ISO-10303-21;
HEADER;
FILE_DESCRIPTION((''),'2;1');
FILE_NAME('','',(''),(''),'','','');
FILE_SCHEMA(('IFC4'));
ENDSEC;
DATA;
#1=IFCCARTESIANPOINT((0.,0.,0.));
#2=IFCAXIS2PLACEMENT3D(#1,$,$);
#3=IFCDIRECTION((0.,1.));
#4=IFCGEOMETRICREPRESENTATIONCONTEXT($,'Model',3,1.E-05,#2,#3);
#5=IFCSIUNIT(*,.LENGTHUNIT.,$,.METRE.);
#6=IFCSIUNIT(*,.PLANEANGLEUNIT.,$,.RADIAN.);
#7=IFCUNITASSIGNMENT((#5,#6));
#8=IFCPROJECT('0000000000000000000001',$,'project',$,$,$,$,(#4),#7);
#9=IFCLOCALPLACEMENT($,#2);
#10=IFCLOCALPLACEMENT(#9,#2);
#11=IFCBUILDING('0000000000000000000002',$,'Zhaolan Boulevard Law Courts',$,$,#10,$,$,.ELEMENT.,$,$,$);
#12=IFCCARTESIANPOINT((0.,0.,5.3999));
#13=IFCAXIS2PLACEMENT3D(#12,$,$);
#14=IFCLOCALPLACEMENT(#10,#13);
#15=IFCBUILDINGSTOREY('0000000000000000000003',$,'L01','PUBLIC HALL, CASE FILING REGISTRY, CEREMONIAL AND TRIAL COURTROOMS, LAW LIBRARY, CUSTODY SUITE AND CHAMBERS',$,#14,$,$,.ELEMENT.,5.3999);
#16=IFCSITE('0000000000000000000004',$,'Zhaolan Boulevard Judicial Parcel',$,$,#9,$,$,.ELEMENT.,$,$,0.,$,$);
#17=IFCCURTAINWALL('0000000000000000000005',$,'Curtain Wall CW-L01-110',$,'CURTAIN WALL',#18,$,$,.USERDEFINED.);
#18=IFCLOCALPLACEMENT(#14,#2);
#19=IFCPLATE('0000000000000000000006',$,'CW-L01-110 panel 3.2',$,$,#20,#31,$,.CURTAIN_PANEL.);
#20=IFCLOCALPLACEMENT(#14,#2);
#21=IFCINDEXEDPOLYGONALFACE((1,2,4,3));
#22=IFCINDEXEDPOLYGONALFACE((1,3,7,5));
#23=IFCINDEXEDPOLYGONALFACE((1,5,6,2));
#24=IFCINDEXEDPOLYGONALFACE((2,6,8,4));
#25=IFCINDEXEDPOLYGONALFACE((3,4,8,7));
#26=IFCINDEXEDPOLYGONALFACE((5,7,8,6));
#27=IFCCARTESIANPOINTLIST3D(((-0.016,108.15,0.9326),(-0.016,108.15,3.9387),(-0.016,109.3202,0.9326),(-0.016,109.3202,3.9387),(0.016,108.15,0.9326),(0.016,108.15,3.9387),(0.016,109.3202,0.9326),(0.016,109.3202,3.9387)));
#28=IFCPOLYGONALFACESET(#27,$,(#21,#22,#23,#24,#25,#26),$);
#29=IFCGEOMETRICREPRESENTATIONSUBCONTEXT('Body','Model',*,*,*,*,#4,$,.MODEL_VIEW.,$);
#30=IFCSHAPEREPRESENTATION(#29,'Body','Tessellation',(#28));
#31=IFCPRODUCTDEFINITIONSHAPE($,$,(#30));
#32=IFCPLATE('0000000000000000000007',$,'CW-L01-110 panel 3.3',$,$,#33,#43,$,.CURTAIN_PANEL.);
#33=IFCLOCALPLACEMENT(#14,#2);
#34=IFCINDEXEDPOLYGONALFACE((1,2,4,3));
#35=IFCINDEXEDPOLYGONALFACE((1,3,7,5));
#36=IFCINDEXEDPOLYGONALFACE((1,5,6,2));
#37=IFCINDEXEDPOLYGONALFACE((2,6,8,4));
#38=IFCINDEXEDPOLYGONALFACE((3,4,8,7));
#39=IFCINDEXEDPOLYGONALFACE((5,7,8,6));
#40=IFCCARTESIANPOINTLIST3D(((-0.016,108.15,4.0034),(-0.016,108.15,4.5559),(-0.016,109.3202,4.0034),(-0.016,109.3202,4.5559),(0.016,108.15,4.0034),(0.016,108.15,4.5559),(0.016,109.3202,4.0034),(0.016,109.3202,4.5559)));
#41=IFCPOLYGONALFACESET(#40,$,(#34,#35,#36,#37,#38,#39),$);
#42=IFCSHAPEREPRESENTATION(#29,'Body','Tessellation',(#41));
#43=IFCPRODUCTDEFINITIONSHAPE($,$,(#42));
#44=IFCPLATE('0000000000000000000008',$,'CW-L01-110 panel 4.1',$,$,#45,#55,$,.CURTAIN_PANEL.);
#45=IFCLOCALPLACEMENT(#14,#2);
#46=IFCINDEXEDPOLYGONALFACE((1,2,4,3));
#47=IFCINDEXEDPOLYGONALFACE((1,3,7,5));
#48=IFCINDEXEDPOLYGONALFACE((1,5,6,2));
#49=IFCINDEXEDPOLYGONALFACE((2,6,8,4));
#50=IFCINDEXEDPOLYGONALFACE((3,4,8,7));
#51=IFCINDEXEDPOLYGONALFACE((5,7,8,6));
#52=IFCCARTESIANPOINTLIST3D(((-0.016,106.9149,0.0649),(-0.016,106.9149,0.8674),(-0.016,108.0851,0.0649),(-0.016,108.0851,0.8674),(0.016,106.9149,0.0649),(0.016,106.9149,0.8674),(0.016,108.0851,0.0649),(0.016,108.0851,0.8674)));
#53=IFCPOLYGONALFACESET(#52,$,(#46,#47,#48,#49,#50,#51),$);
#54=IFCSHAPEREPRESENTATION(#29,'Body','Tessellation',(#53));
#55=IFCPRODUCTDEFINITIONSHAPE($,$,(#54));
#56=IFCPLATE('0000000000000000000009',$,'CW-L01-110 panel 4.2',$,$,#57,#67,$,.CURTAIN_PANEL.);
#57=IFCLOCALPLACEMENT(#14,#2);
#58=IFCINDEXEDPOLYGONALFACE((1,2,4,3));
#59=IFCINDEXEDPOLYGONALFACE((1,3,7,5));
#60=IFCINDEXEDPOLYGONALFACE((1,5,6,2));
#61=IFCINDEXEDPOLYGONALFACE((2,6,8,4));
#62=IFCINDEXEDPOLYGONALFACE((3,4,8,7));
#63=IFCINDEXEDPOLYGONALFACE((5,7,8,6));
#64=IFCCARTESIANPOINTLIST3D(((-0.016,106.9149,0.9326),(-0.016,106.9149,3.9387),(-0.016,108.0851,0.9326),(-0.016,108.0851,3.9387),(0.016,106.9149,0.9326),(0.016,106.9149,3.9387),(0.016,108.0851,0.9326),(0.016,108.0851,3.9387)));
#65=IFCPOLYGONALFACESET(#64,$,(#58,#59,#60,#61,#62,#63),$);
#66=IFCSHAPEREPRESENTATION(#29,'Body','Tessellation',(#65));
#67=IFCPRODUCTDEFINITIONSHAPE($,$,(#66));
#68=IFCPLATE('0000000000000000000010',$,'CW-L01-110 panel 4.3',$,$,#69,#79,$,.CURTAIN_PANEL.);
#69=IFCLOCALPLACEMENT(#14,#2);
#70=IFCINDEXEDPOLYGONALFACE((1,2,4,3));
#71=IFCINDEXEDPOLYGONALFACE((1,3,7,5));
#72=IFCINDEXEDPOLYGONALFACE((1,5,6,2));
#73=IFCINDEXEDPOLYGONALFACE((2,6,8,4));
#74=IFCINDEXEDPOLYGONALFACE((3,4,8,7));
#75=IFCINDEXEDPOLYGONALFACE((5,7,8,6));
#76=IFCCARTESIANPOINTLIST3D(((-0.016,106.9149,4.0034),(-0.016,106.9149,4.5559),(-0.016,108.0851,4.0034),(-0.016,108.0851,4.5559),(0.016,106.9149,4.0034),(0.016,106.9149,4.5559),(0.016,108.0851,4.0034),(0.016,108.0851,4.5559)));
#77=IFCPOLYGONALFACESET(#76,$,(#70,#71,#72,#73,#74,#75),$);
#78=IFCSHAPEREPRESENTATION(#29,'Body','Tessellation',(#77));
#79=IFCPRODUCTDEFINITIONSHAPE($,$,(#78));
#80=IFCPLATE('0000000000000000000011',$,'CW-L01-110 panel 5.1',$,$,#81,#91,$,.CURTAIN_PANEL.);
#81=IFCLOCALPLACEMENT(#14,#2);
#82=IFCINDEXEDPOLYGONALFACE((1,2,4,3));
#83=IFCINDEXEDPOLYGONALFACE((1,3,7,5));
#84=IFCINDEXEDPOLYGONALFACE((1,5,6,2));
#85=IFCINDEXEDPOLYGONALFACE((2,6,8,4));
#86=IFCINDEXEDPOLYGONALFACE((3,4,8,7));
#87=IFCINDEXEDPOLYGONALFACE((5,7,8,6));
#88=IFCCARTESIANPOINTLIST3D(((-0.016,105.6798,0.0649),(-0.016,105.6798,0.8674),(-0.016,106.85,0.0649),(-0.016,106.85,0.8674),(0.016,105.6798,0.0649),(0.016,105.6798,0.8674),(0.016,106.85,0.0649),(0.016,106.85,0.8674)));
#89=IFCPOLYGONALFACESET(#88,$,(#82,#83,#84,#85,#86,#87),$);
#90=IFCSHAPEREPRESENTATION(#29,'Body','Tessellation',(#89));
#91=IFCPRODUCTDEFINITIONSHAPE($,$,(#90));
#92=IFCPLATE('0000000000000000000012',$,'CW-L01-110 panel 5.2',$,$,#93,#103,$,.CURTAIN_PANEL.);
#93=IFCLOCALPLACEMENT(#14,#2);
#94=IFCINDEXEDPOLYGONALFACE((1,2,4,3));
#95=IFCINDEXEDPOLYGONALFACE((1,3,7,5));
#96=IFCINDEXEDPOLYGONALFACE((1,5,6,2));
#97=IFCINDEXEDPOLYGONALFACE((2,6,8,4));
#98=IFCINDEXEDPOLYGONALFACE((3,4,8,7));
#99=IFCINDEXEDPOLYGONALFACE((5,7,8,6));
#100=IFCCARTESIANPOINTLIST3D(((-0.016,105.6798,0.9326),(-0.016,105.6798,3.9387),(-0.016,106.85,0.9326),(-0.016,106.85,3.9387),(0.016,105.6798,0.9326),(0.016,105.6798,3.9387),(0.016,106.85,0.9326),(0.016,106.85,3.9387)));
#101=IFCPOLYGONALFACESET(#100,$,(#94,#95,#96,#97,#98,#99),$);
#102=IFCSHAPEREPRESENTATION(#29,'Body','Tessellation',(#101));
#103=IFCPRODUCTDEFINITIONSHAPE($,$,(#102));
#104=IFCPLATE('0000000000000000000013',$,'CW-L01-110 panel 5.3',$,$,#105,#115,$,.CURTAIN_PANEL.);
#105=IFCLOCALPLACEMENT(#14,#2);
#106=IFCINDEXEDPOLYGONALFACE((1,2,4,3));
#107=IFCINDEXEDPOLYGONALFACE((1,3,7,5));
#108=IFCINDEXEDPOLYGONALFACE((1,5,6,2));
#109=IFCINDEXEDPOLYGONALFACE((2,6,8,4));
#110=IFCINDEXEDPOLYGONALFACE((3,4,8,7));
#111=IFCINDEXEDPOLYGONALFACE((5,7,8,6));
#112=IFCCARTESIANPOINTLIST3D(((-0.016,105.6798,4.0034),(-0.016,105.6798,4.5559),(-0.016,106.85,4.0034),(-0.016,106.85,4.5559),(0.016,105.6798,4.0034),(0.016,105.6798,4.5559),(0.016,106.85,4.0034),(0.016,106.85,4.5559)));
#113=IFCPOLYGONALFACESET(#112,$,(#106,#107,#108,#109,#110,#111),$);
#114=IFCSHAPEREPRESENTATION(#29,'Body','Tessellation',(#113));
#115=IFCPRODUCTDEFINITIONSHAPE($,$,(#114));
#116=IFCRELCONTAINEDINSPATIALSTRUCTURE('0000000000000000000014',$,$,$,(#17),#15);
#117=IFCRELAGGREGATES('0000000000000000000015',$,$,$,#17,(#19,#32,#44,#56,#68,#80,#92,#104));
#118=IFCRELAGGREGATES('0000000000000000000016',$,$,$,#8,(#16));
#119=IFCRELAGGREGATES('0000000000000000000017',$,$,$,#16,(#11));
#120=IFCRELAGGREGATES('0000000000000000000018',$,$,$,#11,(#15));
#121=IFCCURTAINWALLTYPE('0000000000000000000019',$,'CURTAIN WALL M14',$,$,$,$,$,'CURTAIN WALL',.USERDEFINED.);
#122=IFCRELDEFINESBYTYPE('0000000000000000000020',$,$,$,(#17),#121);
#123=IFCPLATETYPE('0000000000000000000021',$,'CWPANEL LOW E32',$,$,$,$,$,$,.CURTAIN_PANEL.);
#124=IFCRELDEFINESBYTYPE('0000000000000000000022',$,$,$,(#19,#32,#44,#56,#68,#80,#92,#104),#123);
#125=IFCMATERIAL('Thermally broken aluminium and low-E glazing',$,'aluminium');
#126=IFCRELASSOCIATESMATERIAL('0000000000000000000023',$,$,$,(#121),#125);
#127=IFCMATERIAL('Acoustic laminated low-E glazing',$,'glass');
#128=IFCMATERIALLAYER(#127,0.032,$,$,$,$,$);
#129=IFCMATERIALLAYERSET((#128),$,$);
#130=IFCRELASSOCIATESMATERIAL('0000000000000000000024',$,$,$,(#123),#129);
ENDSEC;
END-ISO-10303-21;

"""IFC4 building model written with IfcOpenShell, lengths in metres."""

from ifc_helpers import new_model, si_unit, direction, frame, origin, origin_2d, place, context, subcontext, project, spatial, rectangle, extrude, material, layer, layer_set, type_object, element, aggregate, save


model = new_model("IFC4")

# Units and contexts
model_context = context("Model", 3, precision=1e-05, world=origin(), true_north=direction((0.0, 1.0)))
body_context = subcontext(model_context, "Body", "Model", "MODEL_VIEW")
ifc_project = project(units=[si_unit("LENGTHUNIT", "METRE"), si_unit("PLANEANGLEUNIT", "RADIAN")], contexts=[model_context])

# Site, building, storey
site_placement = place(None, origin())
site = spatial("IfcSite", under=ifc_project, at=site_placement, Name="Zhaolan Boulevard Judicial Parcel", CompositionType="ELEMENT", RefElevation=0.0)
building_placement = place(site_placement, origin())
building = spatial("IfcBuilding", under=site, at=building_placement, Name="Zhaolan Boulevard Law Courts", CompositionType="ELEMENT")
storey_placement = place(building_placement, frame((0.0, 0.0, 5.3999)))
storey = spatial("IfcBuildingStorey", under=building, at=storey_placement, Name="L01", Description="PUBLIC HALL, CASE FILING REGISTRY, CEREMONIAL AND TRIAL COURTROOMS, LAW LIBRARY, CUSTODY SUITE AND CHAMBERS", CompositionType="ELEMENT", Elevation=5.3999)

# Curtain wall, plates
ifc_material_1 = material(Name="Thermally broken aluminium and low-E glazing", Category="aluminium")
curtain_wall_type = type_object("IfcCurtainWallType", Name="CURTAIN WALL M14", ElementType="CURTAIN WALL", PredefinedType="USERDEFINED", material=ifc_material_1)
curtain_wall_placement = place(storey_placement, origin())
curtain_wall = element("IfcCurtainWall", 1, at=curtain_wall_placement, inside=storey, type_object=curtain_wall_type, Name="Curtain Wall CW-L01-110", ObjectType="CURTAIN WALL", PredefinedType="USERDEFINED")
ifc_material_2 = material(Name="Acoustic laminated low-E glazing", Category="glass")
ifc_layer = layer(ifc_material_2, 0.032)
ifc_layer_set = layer_set([ifc_layer])
plate_type = type_object("IfcPlateType", Name="CWPANEL LOW E32", PredefinedType="CURTAIN_PANEL", material=ifc_layer_set)
plate_1_placement = place(storey_placement, frame((0.0, 108.7351, 0.9326), z_axis=(0.0, 0.0, 1.0), x_axis=(0.0, -1.0, 0.0)))
plate_1 = element("IfcPlate", 2, at=plate_1_placement, type_object=plate_type, Name="CW-L01-110 panel 3.2", PredefinedType="CURTAIN_PANEL", context=body_context, shape_type="SweptSolid", body=[
    extrude(rectangle(XDim=1.1702, YDim=0.032, at=origin_2d()), origin(), (0.0, 0.0, 1.0), 3.0061),
])
plate_2_placement = place(storey_placement, frame((0.0, 108.7351, 4.0034), z_axis=(0.0, 0.0, 1.0), x_axis=(0.0, -1.0, 0.0)))
plate_2 = element("IfcPlate", 3, at=plate_2_placement, type_object=plate_type, Name="CW-L01-110 panel 3.3", PredefinedType="CURTAIN_PANEL", context=body_context, shape_type="SweptSolid", body=[
    extrude(rectangle(XDim=1.1702, YDim=0.032, at=origin_2d()), origin(), (0.0, 0.0, 1.0), 0.5525),
])
plate_3_placement = place(storey_placement, frame((0.0, 107.5, 0.0649), z_axis=(0.0, 0.0, 1.0), x_axis=(0.0, -1.0, 0.0)))
plate_3 = element("IfcPlate", 4, at=plate_3_placement, type_object=plate_type, Name="CW-L01-110 panel 4.1", PredefinedType="CURTAIN_PANEL", context=body_context, shape_type="SweptSolid", body=[
    extrude(rectangle(XDim=1.1702, YDim=0.032, at=origin_2d()), origin(), (0.0, 0.0, 1.0), 0.8025),
])
plate_4_placement = place(storey_placement, frame((0.0, 107.5, 0.9326), z_axis=(0.0, 0.0, 1.0), x_axis=(0.0, -1.0, 0.0)))
plate_4 = element("IfcPlate", 5, at=plate_4_placement, type_object=plate_type, Name="CW-L01-110 panel 4.2", PredefinedType="CURTAIN_PANEL", context=body_context, shape_type="SweptSolid", body=[
    extrude(rectangle(XDim=1.1702, YDim=0.032, at=origin_2d()), origin(), (0.0, 0.0, 1.0), 3.0061),
])
plate_5_placement = place(storey_placement, frame((0.0, 107.5, 4.0034), z_axis=(0.0, 0.0, 1.0), x_axis=(0.0, -1.0, 0.0)))
plate_5 = element("IfcPlate", 6, at=plate_5_placement, type_object=plate_type, Name="CW-L01-110 panel 4.3", PredefinedType="CURTAIN_PANEL", context=body_context, shape_type="SweptSolid", body=[
    extrude(rectangle(XDim=1.1702, YDim=0.032, at=origin_2d()), origin(), (0.0, 0.0, 1.0), 0.5525),
])
plate_6_placement = place(storey_placement, frame((0.0, 106.2649, 0.0649), z_axis=(0.0, 0.0, 1.0), x_axis=(0.0, -1.0, 0.0)))
plate_6 = element("IfcPlate", 7, at=plate_6_placement, type_object=plate_type, Name="CW-L01-110 panel 5.1", PredefinedType="CURTAIN_PANEL", context=body_context, shape_type="SweptSolid", body=[
    extrude(rectangle(XDim=1.1702, YDim=0.032, at=origin_2d()), origin(), (0.0, 0.0, 1.0), 0.8025),
])
plate_7_placement = place(storey_placement, frame((0.0, 106.2649, 0.9326), z_axis=(0.0, 0.0, 1.0), x_axis=(0.0, -1.0, 0.0)))
plate_7 = element("IfcPlate", 8, at=plate_7_placement, type_object=plate_type, Name="CW-L01-110 panel 5.2", PredefinedType="CURTAIN_PANEL", context=body_context, shape_type="SweptSolid", body=[
    extrude(rectangle(XDim=1.1702, YDim=0.032, at=origin_2d()), origin(), (0.0, 0.0, 1.0), 3.0061),
])
plate_8_placement = place(storey_placement, frame((0.0, 106.2649, 4.0034), z_axis=(0.0, 0.0, 1.0), x_axis=(0.0, -1.0, 0.0)))
plate_8 = element("IfcPlate", 9, at=plate_8_placement, type_object=plate_type, Name="CW-L01-110 panel 5.3", PredefinedType="CURTAIN_PANEL", context=body_context, shape_type="SweptSolid", body=[
    extrude(rectangle(XDim=1.1702, YDim=0.032, at=origin_2d()), origin(), (0.0, 0.0, 1.0), 0.5525),
])
aggregate(curtain_wall, [plate_1, plate_2, plate_3, plate_4, plate_5, plate_6, plate_7, plate_8])

save(model, "model.ifc")
